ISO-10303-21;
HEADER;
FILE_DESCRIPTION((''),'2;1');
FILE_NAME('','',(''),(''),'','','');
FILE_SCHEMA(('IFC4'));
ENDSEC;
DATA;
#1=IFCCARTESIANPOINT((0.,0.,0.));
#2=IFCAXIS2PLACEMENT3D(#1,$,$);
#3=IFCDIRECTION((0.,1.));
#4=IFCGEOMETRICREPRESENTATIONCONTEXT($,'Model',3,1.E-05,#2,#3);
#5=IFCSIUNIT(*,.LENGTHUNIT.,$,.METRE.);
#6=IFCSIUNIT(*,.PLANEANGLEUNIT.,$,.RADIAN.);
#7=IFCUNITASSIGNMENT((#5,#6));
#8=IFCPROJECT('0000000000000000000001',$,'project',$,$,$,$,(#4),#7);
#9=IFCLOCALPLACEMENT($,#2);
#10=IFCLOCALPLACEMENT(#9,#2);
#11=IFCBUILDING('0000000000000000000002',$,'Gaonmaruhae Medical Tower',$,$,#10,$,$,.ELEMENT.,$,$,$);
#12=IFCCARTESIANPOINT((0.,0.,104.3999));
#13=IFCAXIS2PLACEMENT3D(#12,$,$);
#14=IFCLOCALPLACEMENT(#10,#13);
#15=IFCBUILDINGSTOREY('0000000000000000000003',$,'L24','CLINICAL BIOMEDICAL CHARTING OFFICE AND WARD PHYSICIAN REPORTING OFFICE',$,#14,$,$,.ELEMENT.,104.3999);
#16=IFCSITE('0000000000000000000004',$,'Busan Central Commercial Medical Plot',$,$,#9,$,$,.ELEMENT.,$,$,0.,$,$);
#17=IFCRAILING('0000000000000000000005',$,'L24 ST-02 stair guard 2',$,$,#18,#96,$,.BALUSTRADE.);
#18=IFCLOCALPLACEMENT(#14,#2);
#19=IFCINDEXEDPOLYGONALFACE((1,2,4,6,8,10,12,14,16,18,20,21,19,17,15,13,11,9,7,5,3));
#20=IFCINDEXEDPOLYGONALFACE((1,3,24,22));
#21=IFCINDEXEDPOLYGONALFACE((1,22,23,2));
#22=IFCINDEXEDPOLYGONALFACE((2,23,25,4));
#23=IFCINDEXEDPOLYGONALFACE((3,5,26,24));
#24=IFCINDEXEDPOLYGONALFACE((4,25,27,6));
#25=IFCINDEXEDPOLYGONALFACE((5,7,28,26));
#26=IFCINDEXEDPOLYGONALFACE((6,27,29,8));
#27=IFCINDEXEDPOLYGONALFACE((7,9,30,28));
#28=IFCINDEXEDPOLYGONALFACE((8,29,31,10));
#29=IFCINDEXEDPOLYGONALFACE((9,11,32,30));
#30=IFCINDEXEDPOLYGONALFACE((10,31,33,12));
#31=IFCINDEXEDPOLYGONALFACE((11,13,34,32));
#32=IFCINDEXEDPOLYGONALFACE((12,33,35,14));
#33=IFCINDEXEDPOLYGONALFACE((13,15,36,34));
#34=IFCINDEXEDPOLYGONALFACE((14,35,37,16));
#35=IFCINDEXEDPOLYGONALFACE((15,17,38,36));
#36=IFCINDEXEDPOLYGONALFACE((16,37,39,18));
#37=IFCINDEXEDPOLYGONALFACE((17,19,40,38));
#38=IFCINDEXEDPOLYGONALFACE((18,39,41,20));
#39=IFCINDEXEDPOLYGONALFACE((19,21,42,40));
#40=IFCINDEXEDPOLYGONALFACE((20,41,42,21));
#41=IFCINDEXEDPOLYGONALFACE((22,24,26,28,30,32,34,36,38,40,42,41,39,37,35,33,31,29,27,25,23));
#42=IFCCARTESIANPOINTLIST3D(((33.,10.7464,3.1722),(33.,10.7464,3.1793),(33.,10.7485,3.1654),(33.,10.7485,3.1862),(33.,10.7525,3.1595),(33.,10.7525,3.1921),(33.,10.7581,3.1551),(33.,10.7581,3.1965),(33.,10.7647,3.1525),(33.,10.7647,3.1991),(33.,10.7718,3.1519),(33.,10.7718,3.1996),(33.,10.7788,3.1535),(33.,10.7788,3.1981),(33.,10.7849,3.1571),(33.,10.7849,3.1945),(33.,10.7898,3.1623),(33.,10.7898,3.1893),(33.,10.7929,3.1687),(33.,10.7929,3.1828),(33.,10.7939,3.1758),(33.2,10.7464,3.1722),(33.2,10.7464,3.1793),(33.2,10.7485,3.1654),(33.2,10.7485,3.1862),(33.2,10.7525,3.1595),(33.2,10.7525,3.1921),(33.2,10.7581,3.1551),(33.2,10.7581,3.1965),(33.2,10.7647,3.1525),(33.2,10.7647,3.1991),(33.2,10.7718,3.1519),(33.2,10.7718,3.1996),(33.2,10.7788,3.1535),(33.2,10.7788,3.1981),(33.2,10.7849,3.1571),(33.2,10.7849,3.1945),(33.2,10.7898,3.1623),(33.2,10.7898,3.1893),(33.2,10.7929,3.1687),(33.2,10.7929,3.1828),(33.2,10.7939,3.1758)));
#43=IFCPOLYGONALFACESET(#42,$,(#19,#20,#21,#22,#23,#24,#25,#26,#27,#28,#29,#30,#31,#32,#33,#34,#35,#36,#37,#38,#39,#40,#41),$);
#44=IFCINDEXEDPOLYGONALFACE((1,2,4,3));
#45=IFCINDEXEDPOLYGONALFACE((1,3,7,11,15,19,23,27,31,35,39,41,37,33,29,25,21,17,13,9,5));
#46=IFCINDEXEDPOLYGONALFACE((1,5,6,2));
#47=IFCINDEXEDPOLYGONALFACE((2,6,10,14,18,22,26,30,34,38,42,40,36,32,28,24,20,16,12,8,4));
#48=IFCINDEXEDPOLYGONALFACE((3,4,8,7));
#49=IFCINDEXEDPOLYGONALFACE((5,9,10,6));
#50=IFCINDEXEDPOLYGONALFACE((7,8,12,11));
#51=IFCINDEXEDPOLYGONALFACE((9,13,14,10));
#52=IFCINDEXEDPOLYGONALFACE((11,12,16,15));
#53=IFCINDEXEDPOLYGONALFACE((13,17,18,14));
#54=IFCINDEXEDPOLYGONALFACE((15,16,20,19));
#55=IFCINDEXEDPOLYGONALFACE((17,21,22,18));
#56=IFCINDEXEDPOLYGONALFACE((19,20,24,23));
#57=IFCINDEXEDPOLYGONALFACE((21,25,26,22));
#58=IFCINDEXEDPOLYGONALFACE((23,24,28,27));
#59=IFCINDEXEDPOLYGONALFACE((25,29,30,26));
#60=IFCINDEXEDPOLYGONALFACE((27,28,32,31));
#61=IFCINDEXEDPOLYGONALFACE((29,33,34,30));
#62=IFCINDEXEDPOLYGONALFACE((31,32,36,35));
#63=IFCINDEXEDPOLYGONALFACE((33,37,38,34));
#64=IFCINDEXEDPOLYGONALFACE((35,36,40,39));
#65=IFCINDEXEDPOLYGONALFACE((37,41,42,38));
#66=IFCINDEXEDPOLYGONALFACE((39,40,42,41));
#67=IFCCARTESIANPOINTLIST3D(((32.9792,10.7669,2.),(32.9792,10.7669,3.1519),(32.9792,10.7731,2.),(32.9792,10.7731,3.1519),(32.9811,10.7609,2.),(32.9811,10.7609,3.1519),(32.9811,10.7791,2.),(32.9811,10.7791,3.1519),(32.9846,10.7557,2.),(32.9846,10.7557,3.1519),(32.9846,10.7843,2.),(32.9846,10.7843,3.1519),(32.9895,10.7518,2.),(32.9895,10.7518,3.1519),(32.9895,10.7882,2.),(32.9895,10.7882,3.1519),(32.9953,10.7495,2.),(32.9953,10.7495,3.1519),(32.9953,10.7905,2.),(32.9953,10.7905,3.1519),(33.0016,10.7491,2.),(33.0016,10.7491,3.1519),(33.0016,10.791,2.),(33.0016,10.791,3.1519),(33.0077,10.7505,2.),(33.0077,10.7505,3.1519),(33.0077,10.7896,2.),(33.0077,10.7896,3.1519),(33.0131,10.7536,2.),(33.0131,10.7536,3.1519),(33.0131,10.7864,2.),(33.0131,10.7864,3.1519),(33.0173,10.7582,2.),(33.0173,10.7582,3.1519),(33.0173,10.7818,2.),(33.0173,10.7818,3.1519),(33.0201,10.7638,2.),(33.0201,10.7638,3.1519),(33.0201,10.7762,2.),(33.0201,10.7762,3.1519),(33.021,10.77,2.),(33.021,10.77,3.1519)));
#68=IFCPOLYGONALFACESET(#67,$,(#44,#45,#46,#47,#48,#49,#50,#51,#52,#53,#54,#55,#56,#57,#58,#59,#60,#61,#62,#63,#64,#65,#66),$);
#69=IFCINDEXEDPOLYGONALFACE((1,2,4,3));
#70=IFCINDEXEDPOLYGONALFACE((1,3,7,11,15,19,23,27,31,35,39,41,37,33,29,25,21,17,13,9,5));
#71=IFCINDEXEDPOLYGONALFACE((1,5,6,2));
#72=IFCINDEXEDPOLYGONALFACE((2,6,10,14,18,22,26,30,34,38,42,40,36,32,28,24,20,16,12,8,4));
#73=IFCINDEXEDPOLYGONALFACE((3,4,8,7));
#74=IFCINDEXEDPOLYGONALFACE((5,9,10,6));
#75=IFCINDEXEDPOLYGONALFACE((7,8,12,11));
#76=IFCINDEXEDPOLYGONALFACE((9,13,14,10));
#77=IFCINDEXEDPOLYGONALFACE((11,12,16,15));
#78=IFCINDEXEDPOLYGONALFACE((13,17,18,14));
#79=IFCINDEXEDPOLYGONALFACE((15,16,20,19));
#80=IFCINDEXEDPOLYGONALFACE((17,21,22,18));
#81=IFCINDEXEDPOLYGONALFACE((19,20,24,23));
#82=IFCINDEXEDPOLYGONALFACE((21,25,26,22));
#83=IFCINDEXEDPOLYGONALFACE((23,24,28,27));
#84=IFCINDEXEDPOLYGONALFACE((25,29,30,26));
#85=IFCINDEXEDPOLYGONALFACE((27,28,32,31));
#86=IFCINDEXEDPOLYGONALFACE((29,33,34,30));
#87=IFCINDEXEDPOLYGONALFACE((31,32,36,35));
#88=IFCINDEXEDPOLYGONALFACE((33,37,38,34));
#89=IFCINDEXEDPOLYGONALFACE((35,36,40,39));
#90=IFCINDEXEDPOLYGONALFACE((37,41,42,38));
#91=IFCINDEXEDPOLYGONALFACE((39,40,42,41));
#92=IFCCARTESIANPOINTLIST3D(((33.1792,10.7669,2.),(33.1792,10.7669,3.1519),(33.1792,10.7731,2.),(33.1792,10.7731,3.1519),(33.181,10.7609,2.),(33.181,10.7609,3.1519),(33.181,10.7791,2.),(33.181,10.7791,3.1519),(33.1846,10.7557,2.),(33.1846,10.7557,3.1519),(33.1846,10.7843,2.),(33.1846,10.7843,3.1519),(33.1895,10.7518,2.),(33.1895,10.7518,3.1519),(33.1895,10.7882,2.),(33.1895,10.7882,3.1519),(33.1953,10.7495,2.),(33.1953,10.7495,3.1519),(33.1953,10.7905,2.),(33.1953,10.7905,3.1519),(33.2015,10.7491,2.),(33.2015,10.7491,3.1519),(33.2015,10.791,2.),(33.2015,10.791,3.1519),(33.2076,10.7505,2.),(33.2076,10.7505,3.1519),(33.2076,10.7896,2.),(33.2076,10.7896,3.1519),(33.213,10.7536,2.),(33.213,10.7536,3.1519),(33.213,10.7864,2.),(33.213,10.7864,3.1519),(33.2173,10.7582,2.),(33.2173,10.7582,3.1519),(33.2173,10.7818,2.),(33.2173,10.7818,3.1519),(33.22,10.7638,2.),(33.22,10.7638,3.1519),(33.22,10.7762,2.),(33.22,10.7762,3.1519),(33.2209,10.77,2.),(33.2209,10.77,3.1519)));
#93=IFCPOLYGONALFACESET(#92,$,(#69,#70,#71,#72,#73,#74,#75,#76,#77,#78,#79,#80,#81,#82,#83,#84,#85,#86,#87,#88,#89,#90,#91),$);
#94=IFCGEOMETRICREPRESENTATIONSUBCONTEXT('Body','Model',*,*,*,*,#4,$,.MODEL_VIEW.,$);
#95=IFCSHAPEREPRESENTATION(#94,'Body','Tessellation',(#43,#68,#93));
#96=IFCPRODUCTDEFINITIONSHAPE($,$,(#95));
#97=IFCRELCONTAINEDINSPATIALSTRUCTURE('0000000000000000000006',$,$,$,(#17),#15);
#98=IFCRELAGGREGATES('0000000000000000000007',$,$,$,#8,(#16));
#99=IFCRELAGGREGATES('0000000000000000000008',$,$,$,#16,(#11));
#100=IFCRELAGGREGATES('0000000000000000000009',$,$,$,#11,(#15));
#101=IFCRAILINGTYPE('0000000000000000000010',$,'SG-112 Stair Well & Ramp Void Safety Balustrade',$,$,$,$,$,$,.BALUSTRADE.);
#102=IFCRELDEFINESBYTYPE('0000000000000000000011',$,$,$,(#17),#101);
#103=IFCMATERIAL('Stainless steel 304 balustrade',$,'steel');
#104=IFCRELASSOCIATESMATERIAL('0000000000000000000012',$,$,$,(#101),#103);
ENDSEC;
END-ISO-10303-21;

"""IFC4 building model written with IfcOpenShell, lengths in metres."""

from ifc_helpers import new_model, si_unit, direction, frame, origin, origin_2d, place, context, subcontext, project, spatial, circle, extrude, material, type_object, element, save


model = new_model("IFC4")

# Units and contexts
model_context = context("Model", 3, precision=1e-05, world=origin(), true_north=direction((0.0, 1.0)))
body_context = subcontext(model_context, "Body", "Model", "MODEL_VIEW")
ifc_project = project(units=[si_unit("LENGTHUNIT", "METRE"), si_unit("PLANEANGLEUNIT", "RADIAN")], contexts=[model_context])

# Site, building, storey
site_placement = place(None, origin())
site = spatial("IfcSite", under=ifc_project, at=site_placement, Name="Busan Central Commercial Medical Plot", CompositionType="ELEMENT", RefElevation=0.0)
building_placement = place(site_placement, origin())
building = spatial("IfcBuilding", under=site, at=building_placement, Name="Gaonmaruhae Medical Tower", CompositionType="ELEMENT")
storey_placement = place(building_placement, frame((0.0, 0.0, 104.3999)))
storey = spatial("IfcBuildingStorey", under=building, at=storey_placement, Name="L24", Description="CLINICAL BIOMEDICAL CHARTING OFFICE AND WARD PHYSICIAN REPORTING OFFICE", CompositionType="ELEMENT", Elevation=104.3999)

# Railing
ifc_material_1 = material(Name="Stainless steel 304 balustrade", Category="steel")
railing_type_1 = type_object("IfcRailingType", Name="SG-112 Stair Well & Ramp Void Safety Balustrade", PredefinedType="BALUSTRADE", material=ifc_material_1)
railing_1_placement = place(storey_placement, frame((33.0, 10.77, 2.0)))
element("IfcRailing", 1, at=railing_1_placement, inside=storey, type_object=railing_type_1, Name="L24 ST-02 stair guard 2", PredefinedType="BALUSTRADE", context=body_context, shape_type="SweptSolid", body=[
    extrude(circle(Radius=0.0239, at=origin_2d()), frame((0.0, 0.0, 1.1758), z_axis=(1.0, 0.0, 0.0), x_axis=(0.0, 1.0, 0.0)), (0.0, 0.0, 1.0), 0.2),
    extrude(circle(Radius=0.021, at=origin_2d()), origin(), (0.0, 0.0, 1.0), 1.1519),
    extrude(circle(Radius=0.021, at=origin_2d()), frame((0.2, 0.0, 0.0)), (0.0, 0.0, 1.0), 1.1519),
])

save(model, "model.ifc")
